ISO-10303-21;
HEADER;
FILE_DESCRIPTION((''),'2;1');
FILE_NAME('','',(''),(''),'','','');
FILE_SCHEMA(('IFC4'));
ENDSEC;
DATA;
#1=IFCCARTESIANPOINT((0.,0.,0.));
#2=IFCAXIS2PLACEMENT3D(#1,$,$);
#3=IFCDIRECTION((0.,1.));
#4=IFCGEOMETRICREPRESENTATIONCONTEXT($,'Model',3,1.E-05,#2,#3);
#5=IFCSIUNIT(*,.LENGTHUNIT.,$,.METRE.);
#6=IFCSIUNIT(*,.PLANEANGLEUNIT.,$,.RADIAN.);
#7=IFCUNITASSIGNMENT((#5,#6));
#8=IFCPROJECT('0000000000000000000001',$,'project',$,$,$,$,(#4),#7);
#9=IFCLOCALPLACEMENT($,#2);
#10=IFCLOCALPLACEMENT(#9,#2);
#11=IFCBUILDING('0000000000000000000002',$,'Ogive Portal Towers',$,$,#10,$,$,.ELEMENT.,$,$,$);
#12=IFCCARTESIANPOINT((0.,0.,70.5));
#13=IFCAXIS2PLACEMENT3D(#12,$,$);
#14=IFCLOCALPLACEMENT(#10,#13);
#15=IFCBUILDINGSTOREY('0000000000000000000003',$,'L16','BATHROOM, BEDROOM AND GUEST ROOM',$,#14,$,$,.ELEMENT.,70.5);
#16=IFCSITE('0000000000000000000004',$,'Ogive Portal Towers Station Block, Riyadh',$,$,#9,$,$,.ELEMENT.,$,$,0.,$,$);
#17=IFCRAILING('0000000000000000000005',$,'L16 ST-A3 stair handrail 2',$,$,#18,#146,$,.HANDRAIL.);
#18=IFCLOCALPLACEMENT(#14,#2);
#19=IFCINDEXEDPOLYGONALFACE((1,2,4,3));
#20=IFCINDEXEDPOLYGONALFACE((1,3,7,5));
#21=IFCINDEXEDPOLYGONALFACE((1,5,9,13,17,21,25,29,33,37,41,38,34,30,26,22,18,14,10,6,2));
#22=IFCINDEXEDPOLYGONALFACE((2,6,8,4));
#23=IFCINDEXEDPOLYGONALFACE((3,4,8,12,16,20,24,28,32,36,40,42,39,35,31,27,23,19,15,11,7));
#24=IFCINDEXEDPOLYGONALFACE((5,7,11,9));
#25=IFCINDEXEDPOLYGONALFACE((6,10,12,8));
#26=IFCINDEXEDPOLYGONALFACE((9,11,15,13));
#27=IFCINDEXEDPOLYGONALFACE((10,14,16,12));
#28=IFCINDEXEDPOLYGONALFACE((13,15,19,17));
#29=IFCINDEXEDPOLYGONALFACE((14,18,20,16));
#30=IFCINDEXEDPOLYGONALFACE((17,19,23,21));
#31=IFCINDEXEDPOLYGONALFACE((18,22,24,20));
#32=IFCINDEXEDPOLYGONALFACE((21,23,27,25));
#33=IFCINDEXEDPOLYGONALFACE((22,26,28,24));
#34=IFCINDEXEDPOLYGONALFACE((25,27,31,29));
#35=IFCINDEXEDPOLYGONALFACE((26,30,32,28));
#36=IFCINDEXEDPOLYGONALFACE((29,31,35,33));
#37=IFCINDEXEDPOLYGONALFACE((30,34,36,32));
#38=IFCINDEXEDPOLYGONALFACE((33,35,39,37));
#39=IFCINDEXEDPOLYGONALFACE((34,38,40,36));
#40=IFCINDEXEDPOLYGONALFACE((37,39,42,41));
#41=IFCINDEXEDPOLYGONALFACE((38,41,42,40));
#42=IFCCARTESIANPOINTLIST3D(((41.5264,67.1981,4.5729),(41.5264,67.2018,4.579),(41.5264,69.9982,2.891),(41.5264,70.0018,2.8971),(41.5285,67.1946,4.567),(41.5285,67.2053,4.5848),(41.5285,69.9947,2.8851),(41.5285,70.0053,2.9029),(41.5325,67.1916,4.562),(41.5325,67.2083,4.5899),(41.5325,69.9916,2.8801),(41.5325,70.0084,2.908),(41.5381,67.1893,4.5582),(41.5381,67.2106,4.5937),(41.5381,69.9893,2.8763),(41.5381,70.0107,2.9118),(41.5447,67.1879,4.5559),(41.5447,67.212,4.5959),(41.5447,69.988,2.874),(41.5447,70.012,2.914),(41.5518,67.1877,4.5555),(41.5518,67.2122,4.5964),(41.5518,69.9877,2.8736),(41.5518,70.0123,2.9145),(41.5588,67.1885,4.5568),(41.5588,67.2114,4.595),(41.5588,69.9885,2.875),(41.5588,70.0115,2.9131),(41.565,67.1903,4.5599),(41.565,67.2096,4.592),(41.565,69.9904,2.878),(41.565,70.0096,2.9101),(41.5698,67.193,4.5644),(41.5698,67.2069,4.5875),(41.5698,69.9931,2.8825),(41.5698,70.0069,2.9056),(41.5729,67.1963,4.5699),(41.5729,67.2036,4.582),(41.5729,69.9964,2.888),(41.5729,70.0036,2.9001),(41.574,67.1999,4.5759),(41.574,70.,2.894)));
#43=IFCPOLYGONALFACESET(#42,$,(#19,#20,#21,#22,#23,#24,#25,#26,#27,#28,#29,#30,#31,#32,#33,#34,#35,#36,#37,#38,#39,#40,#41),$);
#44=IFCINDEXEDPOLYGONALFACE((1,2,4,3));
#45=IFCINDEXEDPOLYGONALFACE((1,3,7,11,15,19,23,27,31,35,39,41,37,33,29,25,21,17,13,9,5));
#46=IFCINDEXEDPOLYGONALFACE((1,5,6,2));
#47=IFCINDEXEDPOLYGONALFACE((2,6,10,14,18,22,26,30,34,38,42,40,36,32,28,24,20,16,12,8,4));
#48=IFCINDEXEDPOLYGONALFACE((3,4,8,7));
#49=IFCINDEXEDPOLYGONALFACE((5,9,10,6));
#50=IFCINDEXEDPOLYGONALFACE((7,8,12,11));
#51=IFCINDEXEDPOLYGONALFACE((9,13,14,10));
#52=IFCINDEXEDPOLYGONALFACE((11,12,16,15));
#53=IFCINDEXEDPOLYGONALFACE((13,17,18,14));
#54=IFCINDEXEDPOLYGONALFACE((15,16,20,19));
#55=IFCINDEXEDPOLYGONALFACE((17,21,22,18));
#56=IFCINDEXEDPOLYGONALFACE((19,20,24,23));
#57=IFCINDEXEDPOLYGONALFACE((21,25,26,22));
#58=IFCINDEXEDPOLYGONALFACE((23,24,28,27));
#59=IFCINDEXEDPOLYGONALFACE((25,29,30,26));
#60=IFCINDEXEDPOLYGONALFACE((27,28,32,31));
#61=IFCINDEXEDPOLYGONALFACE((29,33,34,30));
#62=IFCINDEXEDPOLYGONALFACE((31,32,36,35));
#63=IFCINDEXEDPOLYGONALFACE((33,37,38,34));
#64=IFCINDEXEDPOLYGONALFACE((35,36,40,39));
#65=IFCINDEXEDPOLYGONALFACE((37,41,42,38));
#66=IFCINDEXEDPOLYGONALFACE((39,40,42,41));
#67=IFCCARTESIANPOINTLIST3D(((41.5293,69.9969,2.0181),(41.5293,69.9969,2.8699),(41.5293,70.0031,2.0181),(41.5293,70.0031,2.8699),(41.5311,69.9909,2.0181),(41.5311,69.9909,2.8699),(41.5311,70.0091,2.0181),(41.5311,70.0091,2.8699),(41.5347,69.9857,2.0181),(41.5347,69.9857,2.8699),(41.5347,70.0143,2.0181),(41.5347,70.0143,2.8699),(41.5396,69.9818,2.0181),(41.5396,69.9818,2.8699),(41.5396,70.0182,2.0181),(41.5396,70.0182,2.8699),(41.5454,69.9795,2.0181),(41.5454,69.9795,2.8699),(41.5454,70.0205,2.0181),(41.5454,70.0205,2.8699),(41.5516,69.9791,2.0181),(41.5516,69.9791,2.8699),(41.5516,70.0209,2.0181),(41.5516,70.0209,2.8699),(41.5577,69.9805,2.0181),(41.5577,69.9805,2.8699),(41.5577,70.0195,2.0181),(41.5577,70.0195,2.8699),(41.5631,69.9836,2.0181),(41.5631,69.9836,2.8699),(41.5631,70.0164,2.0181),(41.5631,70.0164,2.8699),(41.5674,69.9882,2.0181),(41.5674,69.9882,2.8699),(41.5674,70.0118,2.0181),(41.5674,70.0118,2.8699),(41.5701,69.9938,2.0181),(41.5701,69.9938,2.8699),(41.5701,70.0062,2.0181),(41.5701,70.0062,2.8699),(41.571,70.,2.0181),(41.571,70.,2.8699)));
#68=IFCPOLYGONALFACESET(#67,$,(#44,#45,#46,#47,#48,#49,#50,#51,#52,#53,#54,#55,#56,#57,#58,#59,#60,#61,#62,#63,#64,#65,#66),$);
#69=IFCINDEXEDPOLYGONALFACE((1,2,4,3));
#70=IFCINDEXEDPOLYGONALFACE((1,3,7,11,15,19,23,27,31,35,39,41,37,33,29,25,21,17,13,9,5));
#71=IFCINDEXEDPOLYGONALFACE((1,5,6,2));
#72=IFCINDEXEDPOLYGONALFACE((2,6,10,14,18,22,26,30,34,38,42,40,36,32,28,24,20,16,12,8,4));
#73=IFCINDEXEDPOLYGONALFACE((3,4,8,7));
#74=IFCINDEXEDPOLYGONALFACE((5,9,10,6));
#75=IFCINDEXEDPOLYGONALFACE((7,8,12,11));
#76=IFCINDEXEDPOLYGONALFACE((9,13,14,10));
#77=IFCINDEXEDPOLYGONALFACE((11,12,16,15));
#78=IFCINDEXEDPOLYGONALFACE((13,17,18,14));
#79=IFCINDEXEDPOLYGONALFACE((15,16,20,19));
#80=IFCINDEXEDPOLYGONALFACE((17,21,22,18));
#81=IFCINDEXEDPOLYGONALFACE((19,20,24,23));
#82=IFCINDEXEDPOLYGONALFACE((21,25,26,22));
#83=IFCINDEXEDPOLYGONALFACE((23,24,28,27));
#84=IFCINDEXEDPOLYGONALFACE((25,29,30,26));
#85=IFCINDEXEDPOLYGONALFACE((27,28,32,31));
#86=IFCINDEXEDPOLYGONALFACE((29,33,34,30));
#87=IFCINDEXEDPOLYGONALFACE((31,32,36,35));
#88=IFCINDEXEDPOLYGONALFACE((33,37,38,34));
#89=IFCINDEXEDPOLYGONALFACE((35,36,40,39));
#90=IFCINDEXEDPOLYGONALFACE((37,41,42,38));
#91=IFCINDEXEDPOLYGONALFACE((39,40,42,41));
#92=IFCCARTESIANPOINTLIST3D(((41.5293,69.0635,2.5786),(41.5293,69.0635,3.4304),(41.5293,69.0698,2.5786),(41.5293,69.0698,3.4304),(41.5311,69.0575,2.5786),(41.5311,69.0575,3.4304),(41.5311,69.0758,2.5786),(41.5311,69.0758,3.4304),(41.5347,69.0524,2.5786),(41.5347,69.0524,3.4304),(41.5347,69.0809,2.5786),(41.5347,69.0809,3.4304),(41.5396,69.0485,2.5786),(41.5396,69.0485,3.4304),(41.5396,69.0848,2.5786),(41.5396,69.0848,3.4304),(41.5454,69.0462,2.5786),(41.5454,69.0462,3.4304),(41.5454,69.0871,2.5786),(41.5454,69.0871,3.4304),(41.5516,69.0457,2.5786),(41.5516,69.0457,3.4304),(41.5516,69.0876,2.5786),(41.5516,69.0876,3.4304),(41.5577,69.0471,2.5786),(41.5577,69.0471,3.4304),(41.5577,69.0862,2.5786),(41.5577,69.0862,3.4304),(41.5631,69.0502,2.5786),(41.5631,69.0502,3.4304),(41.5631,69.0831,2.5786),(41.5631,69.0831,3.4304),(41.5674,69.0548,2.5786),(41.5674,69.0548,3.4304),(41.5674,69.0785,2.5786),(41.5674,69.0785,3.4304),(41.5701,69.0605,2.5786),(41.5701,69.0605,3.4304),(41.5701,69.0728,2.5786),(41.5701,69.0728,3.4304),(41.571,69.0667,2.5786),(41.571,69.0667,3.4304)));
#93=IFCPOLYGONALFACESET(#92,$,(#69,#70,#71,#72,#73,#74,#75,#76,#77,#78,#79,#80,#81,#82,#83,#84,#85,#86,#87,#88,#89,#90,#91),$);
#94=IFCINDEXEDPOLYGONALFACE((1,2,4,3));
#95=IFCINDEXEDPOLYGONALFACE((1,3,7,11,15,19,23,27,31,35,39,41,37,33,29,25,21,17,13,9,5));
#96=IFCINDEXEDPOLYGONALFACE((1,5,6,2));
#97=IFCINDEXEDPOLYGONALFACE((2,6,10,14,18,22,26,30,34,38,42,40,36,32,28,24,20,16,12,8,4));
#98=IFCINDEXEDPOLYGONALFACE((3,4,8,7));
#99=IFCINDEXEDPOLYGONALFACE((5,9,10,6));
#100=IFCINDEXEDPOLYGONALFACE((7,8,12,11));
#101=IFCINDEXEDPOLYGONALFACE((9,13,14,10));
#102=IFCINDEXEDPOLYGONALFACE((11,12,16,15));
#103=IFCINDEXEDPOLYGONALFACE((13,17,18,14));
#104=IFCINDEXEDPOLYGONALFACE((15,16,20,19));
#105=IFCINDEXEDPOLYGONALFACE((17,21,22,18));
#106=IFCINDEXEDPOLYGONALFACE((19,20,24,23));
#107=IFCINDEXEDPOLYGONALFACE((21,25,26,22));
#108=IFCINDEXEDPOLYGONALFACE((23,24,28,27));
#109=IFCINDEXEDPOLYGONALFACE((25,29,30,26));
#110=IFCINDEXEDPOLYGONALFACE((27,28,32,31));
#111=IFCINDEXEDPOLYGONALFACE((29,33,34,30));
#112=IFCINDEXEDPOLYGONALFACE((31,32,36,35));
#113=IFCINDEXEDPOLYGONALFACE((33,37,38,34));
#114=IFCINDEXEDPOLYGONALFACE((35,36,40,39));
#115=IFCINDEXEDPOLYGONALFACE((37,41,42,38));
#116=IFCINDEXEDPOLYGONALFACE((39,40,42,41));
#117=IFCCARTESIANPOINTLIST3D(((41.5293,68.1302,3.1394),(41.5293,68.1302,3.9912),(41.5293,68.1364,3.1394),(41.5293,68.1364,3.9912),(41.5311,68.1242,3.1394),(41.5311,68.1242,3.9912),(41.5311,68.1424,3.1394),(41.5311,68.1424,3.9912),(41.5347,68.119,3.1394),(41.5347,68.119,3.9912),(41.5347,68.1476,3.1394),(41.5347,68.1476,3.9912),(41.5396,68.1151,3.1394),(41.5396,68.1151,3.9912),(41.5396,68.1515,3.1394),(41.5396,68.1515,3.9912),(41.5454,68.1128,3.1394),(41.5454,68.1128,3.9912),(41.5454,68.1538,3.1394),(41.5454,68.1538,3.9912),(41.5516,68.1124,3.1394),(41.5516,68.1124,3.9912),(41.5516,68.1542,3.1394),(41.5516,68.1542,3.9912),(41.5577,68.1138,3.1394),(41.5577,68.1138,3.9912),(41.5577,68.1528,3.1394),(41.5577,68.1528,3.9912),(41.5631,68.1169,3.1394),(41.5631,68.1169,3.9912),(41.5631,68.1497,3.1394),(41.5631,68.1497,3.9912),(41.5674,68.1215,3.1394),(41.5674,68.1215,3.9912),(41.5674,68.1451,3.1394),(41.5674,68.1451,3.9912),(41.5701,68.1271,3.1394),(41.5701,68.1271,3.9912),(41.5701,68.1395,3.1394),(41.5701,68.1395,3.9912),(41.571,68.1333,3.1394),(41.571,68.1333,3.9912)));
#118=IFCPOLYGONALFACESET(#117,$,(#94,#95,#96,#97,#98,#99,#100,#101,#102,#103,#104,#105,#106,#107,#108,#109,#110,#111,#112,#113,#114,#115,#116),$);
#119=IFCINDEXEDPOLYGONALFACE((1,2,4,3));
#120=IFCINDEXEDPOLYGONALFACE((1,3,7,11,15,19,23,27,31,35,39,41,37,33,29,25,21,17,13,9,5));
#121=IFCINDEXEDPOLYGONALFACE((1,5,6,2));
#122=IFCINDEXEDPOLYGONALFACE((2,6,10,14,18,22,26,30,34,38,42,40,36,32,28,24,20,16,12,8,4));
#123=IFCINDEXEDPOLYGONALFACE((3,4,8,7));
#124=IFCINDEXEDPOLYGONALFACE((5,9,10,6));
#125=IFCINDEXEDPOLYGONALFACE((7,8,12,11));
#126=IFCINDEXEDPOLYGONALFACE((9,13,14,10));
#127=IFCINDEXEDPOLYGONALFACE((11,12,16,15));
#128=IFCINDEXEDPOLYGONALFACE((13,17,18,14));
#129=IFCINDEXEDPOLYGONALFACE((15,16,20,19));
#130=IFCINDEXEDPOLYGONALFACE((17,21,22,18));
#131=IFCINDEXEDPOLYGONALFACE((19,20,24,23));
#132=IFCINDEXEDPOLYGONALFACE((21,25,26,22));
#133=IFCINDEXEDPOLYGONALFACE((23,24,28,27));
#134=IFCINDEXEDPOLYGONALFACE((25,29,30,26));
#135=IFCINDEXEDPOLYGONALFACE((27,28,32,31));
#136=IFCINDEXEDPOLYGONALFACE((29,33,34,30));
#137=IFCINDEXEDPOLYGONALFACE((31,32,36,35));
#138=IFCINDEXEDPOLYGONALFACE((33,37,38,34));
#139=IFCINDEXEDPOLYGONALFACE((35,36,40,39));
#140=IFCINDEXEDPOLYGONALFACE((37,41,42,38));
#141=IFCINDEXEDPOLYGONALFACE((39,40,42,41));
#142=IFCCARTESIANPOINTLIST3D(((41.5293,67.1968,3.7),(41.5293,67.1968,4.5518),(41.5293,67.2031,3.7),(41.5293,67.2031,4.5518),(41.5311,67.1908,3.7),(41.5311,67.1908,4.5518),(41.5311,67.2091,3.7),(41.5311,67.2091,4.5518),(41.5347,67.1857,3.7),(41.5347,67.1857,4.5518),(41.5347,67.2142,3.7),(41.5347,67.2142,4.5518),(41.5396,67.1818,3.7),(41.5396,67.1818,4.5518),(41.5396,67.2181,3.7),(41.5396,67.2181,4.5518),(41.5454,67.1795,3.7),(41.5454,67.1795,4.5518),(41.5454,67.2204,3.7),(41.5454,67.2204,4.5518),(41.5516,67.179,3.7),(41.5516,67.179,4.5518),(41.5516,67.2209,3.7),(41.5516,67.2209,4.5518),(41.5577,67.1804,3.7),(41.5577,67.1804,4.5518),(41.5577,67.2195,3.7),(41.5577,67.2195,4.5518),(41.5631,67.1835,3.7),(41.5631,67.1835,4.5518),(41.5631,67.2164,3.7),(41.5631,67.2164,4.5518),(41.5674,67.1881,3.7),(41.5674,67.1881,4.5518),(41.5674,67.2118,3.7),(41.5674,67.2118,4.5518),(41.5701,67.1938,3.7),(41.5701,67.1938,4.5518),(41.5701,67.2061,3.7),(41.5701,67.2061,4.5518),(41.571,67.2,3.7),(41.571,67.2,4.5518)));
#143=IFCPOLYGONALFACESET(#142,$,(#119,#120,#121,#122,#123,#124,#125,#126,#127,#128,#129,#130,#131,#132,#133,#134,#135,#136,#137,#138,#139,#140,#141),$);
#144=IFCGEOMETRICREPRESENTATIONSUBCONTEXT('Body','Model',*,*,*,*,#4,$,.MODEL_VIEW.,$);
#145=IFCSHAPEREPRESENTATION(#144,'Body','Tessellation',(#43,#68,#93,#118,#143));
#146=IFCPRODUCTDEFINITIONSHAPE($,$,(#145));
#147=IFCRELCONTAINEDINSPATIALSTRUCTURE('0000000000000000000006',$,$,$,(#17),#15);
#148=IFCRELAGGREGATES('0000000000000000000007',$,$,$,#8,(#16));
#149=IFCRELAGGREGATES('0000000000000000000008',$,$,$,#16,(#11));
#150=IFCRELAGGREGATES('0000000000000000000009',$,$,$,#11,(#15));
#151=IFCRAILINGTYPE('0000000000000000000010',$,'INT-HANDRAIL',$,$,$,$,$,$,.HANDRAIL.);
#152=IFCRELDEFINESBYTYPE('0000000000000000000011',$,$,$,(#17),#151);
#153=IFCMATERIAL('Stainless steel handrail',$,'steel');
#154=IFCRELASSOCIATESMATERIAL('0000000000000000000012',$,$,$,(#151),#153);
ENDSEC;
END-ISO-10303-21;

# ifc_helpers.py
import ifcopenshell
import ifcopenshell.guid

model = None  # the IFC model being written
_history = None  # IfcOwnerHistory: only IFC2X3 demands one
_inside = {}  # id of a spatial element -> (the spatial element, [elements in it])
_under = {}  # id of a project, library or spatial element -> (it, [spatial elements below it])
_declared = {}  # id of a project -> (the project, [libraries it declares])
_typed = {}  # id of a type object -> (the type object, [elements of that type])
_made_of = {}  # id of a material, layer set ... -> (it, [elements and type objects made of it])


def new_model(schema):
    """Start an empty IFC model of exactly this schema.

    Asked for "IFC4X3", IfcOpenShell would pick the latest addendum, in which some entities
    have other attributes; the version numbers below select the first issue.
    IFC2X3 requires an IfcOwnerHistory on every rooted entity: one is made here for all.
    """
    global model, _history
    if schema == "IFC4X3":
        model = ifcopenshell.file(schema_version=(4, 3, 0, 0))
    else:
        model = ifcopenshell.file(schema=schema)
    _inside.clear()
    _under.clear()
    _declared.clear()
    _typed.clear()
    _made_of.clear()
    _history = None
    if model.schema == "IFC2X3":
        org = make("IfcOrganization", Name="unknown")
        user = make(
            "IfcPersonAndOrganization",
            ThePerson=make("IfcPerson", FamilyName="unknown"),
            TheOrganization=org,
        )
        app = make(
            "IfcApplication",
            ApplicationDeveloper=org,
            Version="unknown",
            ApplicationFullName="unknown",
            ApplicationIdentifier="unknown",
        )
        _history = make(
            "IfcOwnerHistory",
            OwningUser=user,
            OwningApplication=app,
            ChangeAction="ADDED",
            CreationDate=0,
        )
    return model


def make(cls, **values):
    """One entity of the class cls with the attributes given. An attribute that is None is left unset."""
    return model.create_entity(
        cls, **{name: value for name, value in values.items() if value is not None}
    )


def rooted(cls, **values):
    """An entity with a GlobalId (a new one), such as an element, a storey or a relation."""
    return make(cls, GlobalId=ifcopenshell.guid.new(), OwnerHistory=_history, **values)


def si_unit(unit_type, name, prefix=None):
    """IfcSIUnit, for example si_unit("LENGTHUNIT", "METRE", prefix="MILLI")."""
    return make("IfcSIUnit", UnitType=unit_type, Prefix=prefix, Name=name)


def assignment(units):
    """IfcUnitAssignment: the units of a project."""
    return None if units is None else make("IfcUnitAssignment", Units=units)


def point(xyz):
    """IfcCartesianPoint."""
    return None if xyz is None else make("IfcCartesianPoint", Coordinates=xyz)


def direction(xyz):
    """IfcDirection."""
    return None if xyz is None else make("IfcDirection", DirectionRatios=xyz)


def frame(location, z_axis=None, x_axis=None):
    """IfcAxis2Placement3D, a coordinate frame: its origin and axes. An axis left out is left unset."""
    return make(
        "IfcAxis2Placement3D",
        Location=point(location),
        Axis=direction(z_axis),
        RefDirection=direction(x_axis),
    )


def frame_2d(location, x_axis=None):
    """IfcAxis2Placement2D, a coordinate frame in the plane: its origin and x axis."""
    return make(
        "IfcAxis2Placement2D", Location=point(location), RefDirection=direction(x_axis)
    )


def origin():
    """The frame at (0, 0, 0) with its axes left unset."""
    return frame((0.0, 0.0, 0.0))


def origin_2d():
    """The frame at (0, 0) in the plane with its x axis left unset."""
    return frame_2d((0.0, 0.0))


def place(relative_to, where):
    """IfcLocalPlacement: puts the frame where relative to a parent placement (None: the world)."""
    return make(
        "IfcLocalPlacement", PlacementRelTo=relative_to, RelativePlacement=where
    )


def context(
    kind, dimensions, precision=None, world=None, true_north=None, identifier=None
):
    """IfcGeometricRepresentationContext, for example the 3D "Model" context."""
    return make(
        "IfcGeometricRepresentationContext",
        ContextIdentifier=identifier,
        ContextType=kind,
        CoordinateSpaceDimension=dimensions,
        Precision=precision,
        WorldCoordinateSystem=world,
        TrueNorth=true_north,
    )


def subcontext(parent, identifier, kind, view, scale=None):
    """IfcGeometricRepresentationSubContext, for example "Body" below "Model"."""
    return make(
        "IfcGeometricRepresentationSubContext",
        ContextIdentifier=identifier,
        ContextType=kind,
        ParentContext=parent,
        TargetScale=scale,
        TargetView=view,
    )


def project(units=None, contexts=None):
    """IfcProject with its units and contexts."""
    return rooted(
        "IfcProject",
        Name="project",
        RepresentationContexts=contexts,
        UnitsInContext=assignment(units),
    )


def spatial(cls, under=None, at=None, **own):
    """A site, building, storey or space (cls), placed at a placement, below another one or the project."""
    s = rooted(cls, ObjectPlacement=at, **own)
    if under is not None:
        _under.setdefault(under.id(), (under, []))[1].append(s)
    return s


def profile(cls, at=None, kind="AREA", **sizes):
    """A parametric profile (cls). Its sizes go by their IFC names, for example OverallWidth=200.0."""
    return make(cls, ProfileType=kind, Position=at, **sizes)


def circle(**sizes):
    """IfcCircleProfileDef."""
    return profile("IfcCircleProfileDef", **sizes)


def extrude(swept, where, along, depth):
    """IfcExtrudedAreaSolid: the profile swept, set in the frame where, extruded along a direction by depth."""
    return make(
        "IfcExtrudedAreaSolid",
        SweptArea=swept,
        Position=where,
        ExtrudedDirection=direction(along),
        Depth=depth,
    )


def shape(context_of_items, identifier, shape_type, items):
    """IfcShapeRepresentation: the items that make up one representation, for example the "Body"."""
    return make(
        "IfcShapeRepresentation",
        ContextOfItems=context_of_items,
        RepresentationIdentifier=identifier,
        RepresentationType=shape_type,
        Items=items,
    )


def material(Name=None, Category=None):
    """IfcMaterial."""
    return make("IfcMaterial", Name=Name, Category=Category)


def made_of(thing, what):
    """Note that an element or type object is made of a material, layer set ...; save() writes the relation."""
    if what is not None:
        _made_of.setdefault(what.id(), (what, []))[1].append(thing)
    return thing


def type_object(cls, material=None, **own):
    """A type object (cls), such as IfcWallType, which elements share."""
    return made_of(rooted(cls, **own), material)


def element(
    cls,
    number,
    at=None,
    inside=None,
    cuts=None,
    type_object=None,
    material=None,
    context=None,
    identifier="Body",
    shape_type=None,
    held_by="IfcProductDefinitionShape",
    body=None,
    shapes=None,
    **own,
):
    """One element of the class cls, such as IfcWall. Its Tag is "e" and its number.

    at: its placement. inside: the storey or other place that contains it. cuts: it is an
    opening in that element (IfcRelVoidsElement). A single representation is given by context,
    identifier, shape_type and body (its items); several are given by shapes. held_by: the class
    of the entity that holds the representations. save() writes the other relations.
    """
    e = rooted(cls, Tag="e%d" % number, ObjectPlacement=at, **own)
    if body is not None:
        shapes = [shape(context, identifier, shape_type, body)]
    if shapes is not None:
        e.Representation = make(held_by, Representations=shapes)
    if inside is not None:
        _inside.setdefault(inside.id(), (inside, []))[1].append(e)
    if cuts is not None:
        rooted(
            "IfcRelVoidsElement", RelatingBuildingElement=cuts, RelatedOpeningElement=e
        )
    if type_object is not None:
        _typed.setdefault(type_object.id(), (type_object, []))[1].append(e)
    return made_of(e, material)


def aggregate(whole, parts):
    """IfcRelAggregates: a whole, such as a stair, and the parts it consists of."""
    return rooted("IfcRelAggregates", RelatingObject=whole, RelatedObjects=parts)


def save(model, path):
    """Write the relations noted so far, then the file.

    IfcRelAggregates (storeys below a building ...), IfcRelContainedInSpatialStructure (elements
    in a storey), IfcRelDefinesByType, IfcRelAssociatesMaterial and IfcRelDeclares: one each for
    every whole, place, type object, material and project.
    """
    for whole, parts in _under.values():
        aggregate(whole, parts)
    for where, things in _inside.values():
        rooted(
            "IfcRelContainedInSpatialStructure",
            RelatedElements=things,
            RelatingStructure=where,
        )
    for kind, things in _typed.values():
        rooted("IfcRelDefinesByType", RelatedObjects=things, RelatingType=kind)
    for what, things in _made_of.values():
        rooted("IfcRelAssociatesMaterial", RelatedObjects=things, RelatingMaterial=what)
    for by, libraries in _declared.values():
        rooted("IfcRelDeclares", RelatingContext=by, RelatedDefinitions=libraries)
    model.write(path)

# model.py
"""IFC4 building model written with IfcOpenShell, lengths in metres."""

from ifc_helpers import new_model, si_unit, direction, frame, origin, origin_2d, place, context, subcontext, project, spatial, circle, extrude, material, type_object, element, save


model = new_model("IFC4")

# Units and contexts
model_context = context("Model", 3, precision=1e-05, world=origin(), true_north=direction((0.0, 1.0)))
body_context = subcontext(model_context, "Body", "Model", "MODEL_VIEW")
ifc_project = project(units=[si_unit("LENGTHUNIT", "METRE"), si_unit("PLANEANGLEUNIT", "RADIAN")], contexts=[model_context])

# Site, building, storey
site_placement = place(None, origin())
site = spatial("IfcSite", under=ifc_project, at=site_placement, Name="Ogive Portal Towers Station Block, Riyadh", CompositionType="ELEMENT", RefElevation=0.0)
building_placement = place(site_placement, origin())
building = spatial("IfcBuilding", under=site, at=building_placement, Name="Ogive Portal Towers", CompositionType="ELEMENT")
storey_placement = place(building_placement, frame((0.0, 0.0, 70.5)))
storey = spatial("IfcBuildingStorey", under=building, at=storey_placement, Name="L16", Description="BATHROOM, BEDROOM AND GUEST ROOM", CompositionType="ELEMENT", Elevation=70.5)

# Railing
ifc_material_1 = material(Name="Stainless steel handrail", Category="steel")
railing_type_1 = type_object("IfcRailingType", Name="INT-HANDRAIL", PredefinedType="HANDRAIL", material=ifc_material_1)
railing_1_placement = place(storey_placement, frame((41.55, 70.0, 2.0181)))
element("IfcRailing", 1, at=railing_1_placement, inside=storey, type_object=railing_type_1, Name="L16 ST-A3 stair handrail 2", PredefinedType="HANDRAIL", context=body_context, shape_type="SweptSolid", body=[
    extrude(circle(Radius=0.0239, at=origin_2d()), frame((0.0, 0.0, 0.876), z_axis=(0.0, -0.857242, 0.514913), x_axis=(1.0, 0.0, 0.0)), (0.0, 0.0, 1.0), 3.2664),
    extrude(circle(Radius=0.021, at=origin_2d()), origin(), (0.0, 0.0, 1.0), 0.8518),
    extrude(circle(Radius=0.021, at=origin_2d()), frame((0.0, -0.9333, 0.5605)), (0.0, 0.0, 1.0), 0.8518),
    extrude(circle(Radius=0.021, at=origin_2d()), frame((0.0, -1.8667, 1.1213)), (0.0, 0.0, 1.0), 0.8518),
    extrude(circle(Radius=0.021, at=origin_2d()), frame((0.0, -2.8, 1.6819)), (0.0, 0.0, 1.0), 0.8518),
])

save(model, "model.ifc")
